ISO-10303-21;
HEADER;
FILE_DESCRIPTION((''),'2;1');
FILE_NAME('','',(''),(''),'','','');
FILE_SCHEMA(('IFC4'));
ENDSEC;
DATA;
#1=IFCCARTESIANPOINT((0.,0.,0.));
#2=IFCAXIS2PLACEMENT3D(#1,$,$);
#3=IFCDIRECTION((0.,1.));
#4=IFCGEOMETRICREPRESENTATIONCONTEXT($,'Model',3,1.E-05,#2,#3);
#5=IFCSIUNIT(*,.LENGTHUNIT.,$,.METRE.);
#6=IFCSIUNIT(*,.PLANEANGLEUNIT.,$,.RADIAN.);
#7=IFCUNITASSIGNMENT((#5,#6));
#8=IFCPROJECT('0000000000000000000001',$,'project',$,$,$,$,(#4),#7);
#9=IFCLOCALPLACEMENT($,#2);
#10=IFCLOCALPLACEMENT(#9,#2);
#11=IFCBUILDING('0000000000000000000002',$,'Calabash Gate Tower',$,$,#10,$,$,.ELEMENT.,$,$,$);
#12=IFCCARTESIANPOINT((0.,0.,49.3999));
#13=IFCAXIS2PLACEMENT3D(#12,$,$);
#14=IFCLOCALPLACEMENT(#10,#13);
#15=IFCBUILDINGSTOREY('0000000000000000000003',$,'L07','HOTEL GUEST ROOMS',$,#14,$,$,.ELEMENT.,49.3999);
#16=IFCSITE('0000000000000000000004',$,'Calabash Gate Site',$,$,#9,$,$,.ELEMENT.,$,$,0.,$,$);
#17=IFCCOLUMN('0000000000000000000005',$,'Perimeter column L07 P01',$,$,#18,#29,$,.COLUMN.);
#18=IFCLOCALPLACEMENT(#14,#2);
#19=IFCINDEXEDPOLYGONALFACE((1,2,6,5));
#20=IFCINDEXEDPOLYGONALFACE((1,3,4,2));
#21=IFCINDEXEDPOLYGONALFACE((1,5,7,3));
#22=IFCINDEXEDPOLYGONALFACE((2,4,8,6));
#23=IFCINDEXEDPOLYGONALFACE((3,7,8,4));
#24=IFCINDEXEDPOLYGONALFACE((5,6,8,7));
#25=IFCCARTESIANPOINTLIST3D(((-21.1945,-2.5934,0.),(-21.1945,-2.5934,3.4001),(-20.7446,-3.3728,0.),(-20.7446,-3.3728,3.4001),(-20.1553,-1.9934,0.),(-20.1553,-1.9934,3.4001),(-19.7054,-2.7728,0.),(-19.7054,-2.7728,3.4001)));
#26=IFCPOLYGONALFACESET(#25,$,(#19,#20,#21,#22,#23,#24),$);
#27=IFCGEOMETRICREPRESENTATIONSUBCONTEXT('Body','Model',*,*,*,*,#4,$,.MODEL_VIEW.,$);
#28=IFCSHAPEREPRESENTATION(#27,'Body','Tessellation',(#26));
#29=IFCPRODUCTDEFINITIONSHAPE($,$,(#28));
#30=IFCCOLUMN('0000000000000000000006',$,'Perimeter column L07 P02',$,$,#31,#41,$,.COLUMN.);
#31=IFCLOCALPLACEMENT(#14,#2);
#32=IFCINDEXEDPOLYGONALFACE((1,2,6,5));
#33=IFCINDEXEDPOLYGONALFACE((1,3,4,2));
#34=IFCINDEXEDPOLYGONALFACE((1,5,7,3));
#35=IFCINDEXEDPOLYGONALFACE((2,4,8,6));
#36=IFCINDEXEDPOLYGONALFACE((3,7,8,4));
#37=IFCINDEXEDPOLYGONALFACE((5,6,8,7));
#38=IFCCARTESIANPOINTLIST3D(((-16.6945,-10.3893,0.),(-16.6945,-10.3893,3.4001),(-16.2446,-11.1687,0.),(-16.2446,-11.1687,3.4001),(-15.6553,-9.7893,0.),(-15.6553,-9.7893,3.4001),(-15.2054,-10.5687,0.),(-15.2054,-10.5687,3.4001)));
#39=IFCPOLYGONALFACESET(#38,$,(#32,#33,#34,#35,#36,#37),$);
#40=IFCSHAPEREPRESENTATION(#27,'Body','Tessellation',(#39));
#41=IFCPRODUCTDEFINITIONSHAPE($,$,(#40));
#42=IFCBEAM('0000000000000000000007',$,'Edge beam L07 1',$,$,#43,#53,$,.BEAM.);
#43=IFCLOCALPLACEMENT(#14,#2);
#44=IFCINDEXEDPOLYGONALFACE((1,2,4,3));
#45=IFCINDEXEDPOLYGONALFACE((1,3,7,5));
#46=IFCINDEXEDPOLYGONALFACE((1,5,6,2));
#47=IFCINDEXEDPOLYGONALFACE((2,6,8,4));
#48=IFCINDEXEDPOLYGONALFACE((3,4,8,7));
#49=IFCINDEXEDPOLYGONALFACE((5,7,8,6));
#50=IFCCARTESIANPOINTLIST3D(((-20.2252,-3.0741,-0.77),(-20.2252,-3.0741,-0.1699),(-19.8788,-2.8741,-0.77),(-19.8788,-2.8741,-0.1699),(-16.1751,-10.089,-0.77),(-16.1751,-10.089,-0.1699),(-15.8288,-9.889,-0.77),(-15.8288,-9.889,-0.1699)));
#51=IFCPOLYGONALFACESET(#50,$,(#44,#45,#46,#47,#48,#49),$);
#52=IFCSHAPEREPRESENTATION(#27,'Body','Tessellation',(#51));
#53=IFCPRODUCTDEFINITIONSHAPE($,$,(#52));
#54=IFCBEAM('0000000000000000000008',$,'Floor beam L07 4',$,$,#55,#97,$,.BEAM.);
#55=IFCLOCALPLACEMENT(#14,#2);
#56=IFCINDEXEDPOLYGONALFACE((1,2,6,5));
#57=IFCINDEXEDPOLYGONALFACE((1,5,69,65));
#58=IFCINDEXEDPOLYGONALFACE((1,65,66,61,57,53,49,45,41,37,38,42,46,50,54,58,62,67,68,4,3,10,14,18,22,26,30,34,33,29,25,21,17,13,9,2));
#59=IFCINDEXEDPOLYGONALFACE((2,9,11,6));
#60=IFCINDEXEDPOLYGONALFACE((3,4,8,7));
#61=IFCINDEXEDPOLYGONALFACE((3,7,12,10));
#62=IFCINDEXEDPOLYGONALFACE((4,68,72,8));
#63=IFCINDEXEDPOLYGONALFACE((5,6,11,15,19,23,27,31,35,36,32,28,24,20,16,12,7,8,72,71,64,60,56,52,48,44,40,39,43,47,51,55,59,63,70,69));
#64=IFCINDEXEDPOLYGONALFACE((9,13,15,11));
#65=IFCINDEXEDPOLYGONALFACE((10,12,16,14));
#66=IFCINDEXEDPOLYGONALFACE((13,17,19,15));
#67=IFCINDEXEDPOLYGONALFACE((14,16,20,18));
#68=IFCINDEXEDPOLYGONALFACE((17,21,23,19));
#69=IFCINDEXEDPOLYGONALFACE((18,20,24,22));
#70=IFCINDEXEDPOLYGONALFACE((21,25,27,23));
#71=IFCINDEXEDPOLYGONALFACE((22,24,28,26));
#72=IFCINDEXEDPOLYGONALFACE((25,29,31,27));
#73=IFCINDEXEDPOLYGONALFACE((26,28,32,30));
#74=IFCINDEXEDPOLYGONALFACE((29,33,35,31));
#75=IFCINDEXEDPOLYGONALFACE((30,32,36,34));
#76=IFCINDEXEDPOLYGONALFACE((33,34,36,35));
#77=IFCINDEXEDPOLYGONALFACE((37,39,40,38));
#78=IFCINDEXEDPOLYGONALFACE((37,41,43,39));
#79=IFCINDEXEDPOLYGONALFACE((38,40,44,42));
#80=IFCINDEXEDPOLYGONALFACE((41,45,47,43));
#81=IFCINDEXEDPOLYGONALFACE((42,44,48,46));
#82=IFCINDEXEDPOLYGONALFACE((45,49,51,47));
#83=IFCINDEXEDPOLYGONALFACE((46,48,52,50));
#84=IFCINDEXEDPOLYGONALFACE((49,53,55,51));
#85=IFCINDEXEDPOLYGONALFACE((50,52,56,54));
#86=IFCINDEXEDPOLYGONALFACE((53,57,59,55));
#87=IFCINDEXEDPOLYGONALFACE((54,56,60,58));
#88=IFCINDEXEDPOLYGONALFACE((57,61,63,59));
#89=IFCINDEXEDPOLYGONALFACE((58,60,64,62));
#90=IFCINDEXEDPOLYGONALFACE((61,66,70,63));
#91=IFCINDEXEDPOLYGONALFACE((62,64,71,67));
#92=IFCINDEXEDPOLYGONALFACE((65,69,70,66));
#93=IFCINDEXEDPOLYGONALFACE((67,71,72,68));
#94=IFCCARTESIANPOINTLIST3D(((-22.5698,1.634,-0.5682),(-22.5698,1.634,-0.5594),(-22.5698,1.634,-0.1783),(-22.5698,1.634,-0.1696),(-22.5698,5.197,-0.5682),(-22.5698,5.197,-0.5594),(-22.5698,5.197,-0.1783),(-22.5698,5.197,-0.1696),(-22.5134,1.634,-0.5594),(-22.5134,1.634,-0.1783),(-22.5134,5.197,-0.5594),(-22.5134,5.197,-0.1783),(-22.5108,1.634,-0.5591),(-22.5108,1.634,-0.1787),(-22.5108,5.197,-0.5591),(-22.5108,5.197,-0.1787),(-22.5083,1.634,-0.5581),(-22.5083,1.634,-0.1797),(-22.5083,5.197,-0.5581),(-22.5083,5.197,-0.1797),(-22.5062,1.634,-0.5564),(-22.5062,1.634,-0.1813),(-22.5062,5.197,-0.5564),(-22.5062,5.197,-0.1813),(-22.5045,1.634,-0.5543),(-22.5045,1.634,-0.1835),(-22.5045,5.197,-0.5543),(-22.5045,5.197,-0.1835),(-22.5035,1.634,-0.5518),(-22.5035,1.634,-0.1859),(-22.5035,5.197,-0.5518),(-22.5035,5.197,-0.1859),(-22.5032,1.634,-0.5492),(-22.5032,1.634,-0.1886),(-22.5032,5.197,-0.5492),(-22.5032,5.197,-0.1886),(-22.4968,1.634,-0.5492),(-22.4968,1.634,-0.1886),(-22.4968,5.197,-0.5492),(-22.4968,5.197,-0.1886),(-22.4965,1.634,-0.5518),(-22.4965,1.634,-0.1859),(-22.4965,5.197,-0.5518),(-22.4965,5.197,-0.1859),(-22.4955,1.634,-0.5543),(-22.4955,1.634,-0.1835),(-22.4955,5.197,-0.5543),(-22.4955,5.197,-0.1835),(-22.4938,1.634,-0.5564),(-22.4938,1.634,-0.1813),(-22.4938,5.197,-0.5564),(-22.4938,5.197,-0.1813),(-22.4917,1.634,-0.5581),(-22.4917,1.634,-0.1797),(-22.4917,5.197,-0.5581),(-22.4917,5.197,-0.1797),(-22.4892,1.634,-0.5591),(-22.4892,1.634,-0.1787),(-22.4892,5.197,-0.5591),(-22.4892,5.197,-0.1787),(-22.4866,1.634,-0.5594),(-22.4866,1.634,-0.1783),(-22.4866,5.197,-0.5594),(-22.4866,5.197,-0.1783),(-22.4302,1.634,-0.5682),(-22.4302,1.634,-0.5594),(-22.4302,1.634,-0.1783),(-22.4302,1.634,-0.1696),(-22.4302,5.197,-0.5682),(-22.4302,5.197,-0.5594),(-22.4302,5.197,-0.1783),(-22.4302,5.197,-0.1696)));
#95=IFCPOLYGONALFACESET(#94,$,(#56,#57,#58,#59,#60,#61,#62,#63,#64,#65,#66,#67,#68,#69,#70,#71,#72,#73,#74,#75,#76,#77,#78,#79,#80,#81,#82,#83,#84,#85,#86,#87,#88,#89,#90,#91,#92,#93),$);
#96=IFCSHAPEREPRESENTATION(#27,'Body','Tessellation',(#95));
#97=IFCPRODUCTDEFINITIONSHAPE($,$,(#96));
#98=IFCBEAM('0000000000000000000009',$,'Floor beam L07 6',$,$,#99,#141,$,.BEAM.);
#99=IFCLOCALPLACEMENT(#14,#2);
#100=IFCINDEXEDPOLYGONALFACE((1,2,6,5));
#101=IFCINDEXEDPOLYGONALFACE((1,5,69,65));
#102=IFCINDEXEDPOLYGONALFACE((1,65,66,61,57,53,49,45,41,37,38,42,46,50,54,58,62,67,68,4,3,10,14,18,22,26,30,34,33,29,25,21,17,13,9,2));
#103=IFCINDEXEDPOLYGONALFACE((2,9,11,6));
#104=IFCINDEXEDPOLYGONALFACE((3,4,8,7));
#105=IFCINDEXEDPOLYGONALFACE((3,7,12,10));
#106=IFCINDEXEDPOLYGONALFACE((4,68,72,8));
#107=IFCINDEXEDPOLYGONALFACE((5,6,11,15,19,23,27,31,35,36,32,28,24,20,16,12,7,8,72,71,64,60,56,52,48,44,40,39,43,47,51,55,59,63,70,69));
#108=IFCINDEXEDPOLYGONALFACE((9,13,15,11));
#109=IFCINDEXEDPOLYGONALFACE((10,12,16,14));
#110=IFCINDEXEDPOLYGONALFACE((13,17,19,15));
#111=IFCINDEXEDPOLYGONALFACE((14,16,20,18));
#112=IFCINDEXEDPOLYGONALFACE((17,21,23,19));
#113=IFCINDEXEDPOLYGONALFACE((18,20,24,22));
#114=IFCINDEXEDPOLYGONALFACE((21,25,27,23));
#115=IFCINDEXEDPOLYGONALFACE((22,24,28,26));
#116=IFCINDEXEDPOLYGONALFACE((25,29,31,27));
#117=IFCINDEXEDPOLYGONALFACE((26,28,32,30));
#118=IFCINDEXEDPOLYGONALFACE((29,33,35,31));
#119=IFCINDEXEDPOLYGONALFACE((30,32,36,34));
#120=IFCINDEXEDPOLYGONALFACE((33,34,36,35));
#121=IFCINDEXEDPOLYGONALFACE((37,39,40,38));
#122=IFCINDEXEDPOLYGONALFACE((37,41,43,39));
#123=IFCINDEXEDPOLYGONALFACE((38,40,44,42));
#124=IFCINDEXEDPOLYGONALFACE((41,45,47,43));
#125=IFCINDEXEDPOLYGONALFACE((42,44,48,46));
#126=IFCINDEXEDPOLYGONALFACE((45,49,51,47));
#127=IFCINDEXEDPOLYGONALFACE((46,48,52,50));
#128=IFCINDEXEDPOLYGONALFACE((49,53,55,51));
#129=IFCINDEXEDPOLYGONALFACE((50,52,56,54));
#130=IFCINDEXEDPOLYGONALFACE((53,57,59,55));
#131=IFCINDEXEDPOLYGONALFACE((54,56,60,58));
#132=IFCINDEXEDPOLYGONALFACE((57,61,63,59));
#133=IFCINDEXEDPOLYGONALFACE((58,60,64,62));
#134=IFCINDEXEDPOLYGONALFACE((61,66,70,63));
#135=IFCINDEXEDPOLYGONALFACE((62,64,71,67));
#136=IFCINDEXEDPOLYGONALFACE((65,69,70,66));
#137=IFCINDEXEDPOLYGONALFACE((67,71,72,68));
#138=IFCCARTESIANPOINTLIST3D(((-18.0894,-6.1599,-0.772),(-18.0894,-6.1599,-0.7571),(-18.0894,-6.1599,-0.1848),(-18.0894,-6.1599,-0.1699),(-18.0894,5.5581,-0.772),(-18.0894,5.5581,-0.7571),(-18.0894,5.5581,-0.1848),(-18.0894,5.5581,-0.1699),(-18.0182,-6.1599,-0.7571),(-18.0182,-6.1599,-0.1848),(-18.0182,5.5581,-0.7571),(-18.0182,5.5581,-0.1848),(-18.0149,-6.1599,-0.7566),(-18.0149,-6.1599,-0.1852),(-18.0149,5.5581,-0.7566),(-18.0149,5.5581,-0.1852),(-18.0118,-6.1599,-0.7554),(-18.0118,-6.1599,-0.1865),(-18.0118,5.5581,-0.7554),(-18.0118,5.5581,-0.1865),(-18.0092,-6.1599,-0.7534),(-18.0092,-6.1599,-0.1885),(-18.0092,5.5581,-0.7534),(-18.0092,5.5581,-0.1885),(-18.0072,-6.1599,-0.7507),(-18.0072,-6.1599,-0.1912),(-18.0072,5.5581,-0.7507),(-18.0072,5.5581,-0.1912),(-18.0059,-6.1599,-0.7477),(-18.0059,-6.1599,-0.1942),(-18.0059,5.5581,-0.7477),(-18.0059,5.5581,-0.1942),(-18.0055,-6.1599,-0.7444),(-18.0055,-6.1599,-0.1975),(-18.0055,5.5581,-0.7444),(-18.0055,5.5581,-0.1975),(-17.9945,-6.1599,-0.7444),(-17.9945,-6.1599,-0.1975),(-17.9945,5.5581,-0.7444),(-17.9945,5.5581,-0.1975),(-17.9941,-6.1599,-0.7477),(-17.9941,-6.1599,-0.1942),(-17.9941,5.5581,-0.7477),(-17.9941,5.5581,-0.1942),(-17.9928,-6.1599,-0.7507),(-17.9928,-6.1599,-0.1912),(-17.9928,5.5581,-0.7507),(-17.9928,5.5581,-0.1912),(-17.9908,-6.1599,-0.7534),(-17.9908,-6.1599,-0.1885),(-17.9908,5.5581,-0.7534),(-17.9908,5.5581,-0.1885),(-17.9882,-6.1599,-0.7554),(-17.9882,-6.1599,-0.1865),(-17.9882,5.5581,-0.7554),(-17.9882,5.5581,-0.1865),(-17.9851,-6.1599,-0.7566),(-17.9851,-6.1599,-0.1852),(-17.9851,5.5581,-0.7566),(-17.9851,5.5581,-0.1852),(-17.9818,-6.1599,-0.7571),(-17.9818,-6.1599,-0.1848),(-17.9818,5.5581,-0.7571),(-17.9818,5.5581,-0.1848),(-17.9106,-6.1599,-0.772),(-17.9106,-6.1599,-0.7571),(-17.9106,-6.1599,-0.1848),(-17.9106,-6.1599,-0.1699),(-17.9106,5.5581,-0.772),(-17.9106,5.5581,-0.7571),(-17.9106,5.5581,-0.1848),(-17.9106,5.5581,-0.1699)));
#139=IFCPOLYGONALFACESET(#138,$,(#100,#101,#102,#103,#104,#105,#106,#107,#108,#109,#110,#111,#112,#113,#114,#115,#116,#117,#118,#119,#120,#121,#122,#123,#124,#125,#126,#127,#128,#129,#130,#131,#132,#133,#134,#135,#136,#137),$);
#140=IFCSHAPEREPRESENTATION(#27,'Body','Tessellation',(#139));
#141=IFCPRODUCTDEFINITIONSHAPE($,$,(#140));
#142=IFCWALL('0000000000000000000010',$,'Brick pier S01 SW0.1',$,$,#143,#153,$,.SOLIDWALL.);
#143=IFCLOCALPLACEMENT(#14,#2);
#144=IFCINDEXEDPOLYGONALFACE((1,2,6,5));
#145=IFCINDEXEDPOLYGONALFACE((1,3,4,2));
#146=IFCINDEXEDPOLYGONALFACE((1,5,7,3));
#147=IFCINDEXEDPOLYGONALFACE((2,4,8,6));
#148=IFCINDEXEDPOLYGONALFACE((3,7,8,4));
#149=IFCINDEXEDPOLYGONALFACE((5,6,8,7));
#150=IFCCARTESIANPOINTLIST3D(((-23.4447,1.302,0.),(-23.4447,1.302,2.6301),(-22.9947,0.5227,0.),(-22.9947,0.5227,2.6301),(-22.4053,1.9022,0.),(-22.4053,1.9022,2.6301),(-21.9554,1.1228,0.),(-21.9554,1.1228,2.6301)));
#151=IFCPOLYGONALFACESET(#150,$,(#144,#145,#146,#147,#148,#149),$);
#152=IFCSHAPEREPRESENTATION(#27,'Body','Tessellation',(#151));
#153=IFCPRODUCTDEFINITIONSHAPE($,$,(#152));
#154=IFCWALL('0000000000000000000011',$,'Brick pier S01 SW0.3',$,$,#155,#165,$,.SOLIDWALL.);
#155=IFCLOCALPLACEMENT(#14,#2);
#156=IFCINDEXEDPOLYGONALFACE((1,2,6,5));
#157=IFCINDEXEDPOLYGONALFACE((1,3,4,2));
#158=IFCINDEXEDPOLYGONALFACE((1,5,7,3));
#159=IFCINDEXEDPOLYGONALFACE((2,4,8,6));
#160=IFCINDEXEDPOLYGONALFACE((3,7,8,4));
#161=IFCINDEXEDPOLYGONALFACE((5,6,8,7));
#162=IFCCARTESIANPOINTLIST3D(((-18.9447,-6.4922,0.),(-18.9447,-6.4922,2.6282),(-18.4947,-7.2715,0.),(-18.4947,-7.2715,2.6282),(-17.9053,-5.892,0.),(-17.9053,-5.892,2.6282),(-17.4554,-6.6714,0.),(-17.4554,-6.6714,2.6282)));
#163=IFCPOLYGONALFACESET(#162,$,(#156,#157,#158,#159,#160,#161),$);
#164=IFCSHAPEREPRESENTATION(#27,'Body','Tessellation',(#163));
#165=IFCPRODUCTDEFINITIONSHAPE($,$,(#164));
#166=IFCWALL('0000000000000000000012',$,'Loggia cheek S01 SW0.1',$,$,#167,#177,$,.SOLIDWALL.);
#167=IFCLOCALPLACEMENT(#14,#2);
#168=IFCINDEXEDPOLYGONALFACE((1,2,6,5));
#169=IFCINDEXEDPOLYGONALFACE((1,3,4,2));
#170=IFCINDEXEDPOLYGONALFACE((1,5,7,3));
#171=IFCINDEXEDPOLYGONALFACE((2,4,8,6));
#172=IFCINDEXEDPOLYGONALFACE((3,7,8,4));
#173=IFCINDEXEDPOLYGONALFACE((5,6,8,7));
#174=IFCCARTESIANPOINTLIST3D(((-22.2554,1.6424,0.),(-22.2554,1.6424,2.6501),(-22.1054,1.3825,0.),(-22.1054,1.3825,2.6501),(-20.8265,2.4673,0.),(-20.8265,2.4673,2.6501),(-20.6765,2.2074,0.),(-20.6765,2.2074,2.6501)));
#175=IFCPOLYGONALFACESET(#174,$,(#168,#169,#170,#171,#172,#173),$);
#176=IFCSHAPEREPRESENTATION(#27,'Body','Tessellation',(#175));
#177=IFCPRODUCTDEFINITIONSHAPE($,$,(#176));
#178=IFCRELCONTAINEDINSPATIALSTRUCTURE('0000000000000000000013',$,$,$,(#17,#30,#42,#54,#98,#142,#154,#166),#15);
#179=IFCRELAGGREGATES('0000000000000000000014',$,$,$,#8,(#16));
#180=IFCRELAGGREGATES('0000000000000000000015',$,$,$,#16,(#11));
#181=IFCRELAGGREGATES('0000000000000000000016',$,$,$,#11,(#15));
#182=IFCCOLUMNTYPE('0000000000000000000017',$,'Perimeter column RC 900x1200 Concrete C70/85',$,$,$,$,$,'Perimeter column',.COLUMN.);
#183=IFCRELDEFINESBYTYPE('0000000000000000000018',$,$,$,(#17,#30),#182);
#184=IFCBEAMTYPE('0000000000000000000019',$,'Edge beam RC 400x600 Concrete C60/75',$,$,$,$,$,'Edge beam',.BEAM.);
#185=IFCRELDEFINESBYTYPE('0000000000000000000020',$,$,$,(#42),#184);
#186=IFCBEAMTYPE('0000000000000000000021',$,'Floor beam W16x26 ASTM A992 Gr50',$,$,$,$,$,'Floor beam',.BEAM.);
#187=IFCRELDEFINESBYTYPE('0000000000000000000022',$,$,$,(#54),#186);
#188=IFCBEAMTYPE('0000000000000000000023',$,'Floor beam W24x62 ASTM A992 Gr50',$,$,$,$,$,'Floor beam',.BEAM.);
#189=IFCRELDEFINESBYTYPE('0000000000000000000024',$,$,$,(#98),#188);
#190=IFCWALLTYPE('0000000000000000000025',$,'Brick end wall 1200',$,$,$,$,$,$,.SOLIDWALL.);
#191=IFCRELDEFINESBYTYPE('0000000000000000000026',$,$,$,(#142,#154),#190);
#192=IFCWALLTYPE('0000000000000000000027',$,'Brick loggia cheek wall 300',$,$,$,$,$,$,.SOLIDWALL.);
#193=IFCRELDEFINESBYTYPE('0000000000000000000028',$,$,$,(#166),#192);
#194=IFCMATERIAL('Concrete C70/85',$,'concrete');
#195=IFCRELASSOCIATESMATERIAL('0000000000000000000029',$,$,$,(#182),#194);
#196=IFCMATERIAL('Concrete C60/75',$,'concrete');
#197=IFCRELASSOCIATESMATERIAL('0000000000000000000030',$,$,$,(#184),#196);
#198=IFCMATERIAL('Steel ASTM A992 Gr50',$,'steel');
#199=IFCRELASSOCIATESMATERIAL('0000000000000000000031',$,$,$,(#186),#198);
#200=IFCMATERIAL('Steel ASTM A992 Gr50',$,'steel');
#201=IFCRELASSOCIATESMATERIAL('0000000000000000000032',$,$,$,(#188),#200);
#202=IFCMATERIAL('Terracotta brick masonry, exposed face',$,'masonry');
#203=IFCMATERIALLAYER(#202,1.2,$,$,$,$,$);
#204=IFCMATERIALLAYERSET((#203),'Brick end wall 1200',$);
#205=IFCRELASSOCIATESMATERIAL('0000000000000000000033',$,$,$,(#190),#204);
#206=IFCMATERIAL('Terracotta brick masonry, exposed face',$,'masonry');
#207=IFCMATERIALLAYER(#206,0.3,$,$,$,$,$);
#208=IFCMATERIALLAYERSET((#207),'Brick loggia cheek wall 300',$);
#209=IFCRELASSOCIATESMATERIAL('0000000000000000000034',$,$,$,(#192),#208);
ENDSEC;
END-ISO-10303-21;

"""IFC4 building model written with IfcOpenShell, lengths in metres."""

from ifc_helpers import new_model, si_unit, direction, frame, frame_2d, origin, origin_2d, place, context, subcontext, project, spatial, rectangle, i_section, extrude, material, layer, layer_set, material_profile, profile_set, type_object, element, save


model = new_model("IFC4")

# Units and contexts
model_context = context("Model", 3, precision=1e-05, world=origin(), true_north=direction((0.0, 1.0)))
body_context = subcontext(model_context, "Body", "Model", "MODEL_VIEW")
ifc_project = project(units=[si_unit("LENGTHUNIT", "METRE"), si_unit("PLANEANGLEUNIT", "RADIAN")], contexts=[model_context])

# Site, building, storey
site_placement = place(None, origin())
site = spatial("IfcSite", under=ifc_project, at=site_placement, Name="Calabash Gate Site", CompositionType="ELEMENT", RefElevation=0.0)
building_placement = place(site_placement, origin())
building = spatial("IfcBuilding", under=site, at=building_placement, Name="Calabash Gate Tower", CompositionType="ELEMENT")
storey_placement = place(building_placement, frame((0.0, 0.0, 49.3999)))
storey = spatial("IfcBuildingStorey", under=building, at=storey_placement, Name="L07", Description="HOTEL GUEST ROOMS", CompositionType="ELEMENT", Elevation=49.3999)

# Columns
ifc_material_1 = material(Name="Concrete C70/85", Category="concrete")
ifc_material_profile_1 = material_profile(ifc_material_1, rectangle(XDim=0.8999, YDim=1.2, at=origin_2d()))
ifc_profile_set_1 = profile_set([ifc_material_profile_1], Name="Concrete C70/85")
column_type = type_object("IfcColumnType", Name="Perimeter column RC 900x1200 Concrete C70/85", ElementType="Perimeter column", PredefinedType="COLUMN", material=ifc_profile_set_1)
for number, where, z_axis, x_axis, name in (
    (1, (-20.45, -2.6831, 0.0), (0.0, 0.0, 1.0), (0.5, -0.866025, 0.0), "Perimeter column L07 P01"),
    (2, (-15.95, -10.479, 0.0), (0.0, 0.0, 1.0), (0.5, -0.866025, 0.0), "Perimeter column L07 P02"),
):
    element("IfcColumn", number, at=place(storey_placement, frame(where, z_axis=z_axis, x_axis=x_axis)), inside=storey, type_object=column_type, Name=name, PredefinedType="COLUMN", context=body_context, shape_type="SweptSolid", body=[
        extrude(rectangle(XDim=0.8999, YDim=1.2, at=origin_2d()), origin(), (0.0, 0.0, 1.0), 3.4001),
    ])

# Beams
ifc_material_2 = material(Name="Concrete C60/75", Category="concrete")
ifc_material_profile_2 = material_profile(ifc_material_2, rectangle(XDim=0.3999, YDim=0.6001, at=origin_2d()))
ifc_profile_set_2 = profile_set([ifc_material_profile_2], Name="Concrete C60/75")
beam_type_1 = type_object("IfcBeamType", Name="Edge beam RC 400x600 Concrete C60/75", ElementType="Edge beam", PredefinedType="BEAM", material=ifc_profile_set_2)
beam_1_placement = place(storey_placement, frame((-20.052, -2.9741, -0.47), z_axis=(0.5, -0.866025, 0.0), x_axis=(0.866025, 0.5, 0.0)))
element("IfcBeam", 3, at=beam_1_placement, inside=storey, type_object=beam_type_1, Name="Edge beam L07 1", PredefinedType="BEAM", context=body_context, shape_type="SweptSolid", body=[
    extrude(rectangle(XDim=0.3999, YDim=0.6001, at=origin_2d()), origin(), (0.0, 0.0, 1.0), 8.1001),
])
ifc_material_3 = material(Name="Steel ASTM A992 Gr50", Category="steel")
ifc_material_profile_3 = material_profile(ifc_material_3, i_section(OverallWidth=0.1396, OverallDepth=0.3987, WebThickness=0.0063, FlangeThickness=0.0088, FilletRadius=0.0103, at=origin_2d()))
ifc_profile_set_3 = profile_set([ifc_material_profile_3], Name="Steel ASTM A992 Gr50")
beam_type_2 = type_object("IfcBeamType", Name="Floor beam W16x26 ASTM A992 Gr50", ElementType="Floor beam", PredefinedType="BEAM", material=ifc_profile_set_3)
beam_2_placement = place(storey_placement, frame((-22.5, 1.634, -0.3689), z_axis=(0.0, 1.0, 0.0), x_axis=(-1.0, 0.0, 0.0)))
element("IfcBeam", 4, at=beam_2_placement, inside=storey, type_object=beam_type_2, Name="Floor beam L07 4", PredefinedType="BEAM", context=body_context, shape_type="SweptSolid", body=[
    extrude(i_section(OverallWidth=0.1396, OverallDepth=0.3987, WebThickness=0.0063, FlangeThickness=0.0088, FilletRadius=0.0103, at=origin_2d()), origin(), (0.0, 0.0, 1.0), 3.563),
])
ifc_material_4 = material(Name="Steel ASTM A992 Gr50", Category="steel")
ifc_material_profile_4 = material_profile(ifc_material_4, i_section(OverallWidth=0.1787, OverallDepth=0.6021, WebThickness=0.011, FlangeThickness=0.0149, FilletRadius=0.0127, at=origin_2d()))
ifc_profile_set_4 = profile_set([ifc_material_profile_4], Name="Steel ASTM A992 Gr50")
beam_type_3 = type_object("IfcBeamType", Name="Floor beam W24x62 ASTM A992 Gr50", ElementType="Floor beam", PredefinedType="BEAM", material=ifc_profile_set_4)
beam_3_placement = place(storey_placement, frame((-18.0, -6.1599, -0.4709), z_axis=(0.0, 1.0, 0.0), x_axis=(-1.0, 0.0, 0.0)))
element("IfcBeam", 5, at=beam_3_placement, inside=storey, type_object=beam_type_3, Name="Floor beam L07 6", PredefinedType="BEAM", context=body_context, shape_type="SweptSolid", body=[
    extrude(i_section(OverallWidth=0.1787, OverallDepth=0.6021, WebThickness=0.011, FlangeThickness=0.0149, FilletRadius=0.0127, at=origin_2d()), origin(), (0.0, 0.0, 1.0), 11.718),
])

# Walls
ifc_material_5 = material(Name="Terracotta brick masonry, exposed face", Category="masonry")
ifc_layer_1 = layer(ifc_material_5, 1.2)
ifc_layer_set_1 = layer_set([ifc_layer_1], Name="Brick end wall 1200")
wall_type_1 = type_object("IfcWallType", Name="Brick end wall 1200", PredefinedType="SOLIDWALL", material=ifc_layer_set_1)
wall_1_placement = place(storey_placement, frame((-23.2197, 0.9124, 0.0), z_axis=(0.0, 0.0, 1.0), x_axis=(0.866006, 0.500034, 0.0)))
element("IfcWall", 6, at=wall_1_placement, inside=storey, type_object=wall_type_1, Name="Brick pier S01 SW0.1", PredefinedType="SOLIDWALL", context=body_context, shape_type="SweptSolid", body=[
    extrude(rectangle(XDim=1.2002, YDim=0.8999, at=frame_2d((0.6001, 0.0))), origin(), (0.0, 0.0, 1.0), 2.6301),
])
wall_2_placement = place(storey_placement, frame((-18.7197, -6.8818, 0.0), z_axis=(0.0, 0.0, 1.0), x_axis=(0.866006, 0.500034, 0.0)))
element("IfcWall", 7, at=wall_2_placement, inside=storey, type_object=wall_type_1, Name="Brick pier S01 SW0.3", PredefinedType="SOLIDWALL", context=body_context, shape_type="SweptSolid", body=[
    extrude(rectangle(XDim=1.2002, YDim=0.8999, at=frame_2d((0.6001, 0.0))), origin(), (0.0, 0.0, 1.0), 2.6282),
])
ifc_material_6 = material(Name="Terracotta brick masonry, exposed face", Category="masonry")
ifc_layer_2 = layer(ifc_material_6, 0.3)
ifc_layer_set_2 = layer_set([ifc_layer_2], Name="Brick loggia cheek wall 300")
wall_type_2 = type_object("IfcWallType", Name="Brick loggia cheek wall 300", PredefinedType="SOLIDWALL", material=ifc_layer_set_2)
wall_3_placement = place(storey_placement, frame((-22.1804, 1.5125, 0.0), z_axis=(0.0, 0.0, 1.0), x_axis=(0.86604, 0.499974, 0.0)))
element("IfcWall", 8, at=wall_3_placement, inside=storey, type_object=wall_type_2, Name="Loggia cheek S01 SW0.1", PredefinedType="SOLIDWALL", context=body_context, shape_type="SweptSolid", body=[
    extrude(rectangle(XDim=1.6499, YDim=0.3, at=frame_2d((0.825, 0.0))), origin(), (0.0, 0.0, 1.0), 2.6501),
])

save(model, "model.ifc")
